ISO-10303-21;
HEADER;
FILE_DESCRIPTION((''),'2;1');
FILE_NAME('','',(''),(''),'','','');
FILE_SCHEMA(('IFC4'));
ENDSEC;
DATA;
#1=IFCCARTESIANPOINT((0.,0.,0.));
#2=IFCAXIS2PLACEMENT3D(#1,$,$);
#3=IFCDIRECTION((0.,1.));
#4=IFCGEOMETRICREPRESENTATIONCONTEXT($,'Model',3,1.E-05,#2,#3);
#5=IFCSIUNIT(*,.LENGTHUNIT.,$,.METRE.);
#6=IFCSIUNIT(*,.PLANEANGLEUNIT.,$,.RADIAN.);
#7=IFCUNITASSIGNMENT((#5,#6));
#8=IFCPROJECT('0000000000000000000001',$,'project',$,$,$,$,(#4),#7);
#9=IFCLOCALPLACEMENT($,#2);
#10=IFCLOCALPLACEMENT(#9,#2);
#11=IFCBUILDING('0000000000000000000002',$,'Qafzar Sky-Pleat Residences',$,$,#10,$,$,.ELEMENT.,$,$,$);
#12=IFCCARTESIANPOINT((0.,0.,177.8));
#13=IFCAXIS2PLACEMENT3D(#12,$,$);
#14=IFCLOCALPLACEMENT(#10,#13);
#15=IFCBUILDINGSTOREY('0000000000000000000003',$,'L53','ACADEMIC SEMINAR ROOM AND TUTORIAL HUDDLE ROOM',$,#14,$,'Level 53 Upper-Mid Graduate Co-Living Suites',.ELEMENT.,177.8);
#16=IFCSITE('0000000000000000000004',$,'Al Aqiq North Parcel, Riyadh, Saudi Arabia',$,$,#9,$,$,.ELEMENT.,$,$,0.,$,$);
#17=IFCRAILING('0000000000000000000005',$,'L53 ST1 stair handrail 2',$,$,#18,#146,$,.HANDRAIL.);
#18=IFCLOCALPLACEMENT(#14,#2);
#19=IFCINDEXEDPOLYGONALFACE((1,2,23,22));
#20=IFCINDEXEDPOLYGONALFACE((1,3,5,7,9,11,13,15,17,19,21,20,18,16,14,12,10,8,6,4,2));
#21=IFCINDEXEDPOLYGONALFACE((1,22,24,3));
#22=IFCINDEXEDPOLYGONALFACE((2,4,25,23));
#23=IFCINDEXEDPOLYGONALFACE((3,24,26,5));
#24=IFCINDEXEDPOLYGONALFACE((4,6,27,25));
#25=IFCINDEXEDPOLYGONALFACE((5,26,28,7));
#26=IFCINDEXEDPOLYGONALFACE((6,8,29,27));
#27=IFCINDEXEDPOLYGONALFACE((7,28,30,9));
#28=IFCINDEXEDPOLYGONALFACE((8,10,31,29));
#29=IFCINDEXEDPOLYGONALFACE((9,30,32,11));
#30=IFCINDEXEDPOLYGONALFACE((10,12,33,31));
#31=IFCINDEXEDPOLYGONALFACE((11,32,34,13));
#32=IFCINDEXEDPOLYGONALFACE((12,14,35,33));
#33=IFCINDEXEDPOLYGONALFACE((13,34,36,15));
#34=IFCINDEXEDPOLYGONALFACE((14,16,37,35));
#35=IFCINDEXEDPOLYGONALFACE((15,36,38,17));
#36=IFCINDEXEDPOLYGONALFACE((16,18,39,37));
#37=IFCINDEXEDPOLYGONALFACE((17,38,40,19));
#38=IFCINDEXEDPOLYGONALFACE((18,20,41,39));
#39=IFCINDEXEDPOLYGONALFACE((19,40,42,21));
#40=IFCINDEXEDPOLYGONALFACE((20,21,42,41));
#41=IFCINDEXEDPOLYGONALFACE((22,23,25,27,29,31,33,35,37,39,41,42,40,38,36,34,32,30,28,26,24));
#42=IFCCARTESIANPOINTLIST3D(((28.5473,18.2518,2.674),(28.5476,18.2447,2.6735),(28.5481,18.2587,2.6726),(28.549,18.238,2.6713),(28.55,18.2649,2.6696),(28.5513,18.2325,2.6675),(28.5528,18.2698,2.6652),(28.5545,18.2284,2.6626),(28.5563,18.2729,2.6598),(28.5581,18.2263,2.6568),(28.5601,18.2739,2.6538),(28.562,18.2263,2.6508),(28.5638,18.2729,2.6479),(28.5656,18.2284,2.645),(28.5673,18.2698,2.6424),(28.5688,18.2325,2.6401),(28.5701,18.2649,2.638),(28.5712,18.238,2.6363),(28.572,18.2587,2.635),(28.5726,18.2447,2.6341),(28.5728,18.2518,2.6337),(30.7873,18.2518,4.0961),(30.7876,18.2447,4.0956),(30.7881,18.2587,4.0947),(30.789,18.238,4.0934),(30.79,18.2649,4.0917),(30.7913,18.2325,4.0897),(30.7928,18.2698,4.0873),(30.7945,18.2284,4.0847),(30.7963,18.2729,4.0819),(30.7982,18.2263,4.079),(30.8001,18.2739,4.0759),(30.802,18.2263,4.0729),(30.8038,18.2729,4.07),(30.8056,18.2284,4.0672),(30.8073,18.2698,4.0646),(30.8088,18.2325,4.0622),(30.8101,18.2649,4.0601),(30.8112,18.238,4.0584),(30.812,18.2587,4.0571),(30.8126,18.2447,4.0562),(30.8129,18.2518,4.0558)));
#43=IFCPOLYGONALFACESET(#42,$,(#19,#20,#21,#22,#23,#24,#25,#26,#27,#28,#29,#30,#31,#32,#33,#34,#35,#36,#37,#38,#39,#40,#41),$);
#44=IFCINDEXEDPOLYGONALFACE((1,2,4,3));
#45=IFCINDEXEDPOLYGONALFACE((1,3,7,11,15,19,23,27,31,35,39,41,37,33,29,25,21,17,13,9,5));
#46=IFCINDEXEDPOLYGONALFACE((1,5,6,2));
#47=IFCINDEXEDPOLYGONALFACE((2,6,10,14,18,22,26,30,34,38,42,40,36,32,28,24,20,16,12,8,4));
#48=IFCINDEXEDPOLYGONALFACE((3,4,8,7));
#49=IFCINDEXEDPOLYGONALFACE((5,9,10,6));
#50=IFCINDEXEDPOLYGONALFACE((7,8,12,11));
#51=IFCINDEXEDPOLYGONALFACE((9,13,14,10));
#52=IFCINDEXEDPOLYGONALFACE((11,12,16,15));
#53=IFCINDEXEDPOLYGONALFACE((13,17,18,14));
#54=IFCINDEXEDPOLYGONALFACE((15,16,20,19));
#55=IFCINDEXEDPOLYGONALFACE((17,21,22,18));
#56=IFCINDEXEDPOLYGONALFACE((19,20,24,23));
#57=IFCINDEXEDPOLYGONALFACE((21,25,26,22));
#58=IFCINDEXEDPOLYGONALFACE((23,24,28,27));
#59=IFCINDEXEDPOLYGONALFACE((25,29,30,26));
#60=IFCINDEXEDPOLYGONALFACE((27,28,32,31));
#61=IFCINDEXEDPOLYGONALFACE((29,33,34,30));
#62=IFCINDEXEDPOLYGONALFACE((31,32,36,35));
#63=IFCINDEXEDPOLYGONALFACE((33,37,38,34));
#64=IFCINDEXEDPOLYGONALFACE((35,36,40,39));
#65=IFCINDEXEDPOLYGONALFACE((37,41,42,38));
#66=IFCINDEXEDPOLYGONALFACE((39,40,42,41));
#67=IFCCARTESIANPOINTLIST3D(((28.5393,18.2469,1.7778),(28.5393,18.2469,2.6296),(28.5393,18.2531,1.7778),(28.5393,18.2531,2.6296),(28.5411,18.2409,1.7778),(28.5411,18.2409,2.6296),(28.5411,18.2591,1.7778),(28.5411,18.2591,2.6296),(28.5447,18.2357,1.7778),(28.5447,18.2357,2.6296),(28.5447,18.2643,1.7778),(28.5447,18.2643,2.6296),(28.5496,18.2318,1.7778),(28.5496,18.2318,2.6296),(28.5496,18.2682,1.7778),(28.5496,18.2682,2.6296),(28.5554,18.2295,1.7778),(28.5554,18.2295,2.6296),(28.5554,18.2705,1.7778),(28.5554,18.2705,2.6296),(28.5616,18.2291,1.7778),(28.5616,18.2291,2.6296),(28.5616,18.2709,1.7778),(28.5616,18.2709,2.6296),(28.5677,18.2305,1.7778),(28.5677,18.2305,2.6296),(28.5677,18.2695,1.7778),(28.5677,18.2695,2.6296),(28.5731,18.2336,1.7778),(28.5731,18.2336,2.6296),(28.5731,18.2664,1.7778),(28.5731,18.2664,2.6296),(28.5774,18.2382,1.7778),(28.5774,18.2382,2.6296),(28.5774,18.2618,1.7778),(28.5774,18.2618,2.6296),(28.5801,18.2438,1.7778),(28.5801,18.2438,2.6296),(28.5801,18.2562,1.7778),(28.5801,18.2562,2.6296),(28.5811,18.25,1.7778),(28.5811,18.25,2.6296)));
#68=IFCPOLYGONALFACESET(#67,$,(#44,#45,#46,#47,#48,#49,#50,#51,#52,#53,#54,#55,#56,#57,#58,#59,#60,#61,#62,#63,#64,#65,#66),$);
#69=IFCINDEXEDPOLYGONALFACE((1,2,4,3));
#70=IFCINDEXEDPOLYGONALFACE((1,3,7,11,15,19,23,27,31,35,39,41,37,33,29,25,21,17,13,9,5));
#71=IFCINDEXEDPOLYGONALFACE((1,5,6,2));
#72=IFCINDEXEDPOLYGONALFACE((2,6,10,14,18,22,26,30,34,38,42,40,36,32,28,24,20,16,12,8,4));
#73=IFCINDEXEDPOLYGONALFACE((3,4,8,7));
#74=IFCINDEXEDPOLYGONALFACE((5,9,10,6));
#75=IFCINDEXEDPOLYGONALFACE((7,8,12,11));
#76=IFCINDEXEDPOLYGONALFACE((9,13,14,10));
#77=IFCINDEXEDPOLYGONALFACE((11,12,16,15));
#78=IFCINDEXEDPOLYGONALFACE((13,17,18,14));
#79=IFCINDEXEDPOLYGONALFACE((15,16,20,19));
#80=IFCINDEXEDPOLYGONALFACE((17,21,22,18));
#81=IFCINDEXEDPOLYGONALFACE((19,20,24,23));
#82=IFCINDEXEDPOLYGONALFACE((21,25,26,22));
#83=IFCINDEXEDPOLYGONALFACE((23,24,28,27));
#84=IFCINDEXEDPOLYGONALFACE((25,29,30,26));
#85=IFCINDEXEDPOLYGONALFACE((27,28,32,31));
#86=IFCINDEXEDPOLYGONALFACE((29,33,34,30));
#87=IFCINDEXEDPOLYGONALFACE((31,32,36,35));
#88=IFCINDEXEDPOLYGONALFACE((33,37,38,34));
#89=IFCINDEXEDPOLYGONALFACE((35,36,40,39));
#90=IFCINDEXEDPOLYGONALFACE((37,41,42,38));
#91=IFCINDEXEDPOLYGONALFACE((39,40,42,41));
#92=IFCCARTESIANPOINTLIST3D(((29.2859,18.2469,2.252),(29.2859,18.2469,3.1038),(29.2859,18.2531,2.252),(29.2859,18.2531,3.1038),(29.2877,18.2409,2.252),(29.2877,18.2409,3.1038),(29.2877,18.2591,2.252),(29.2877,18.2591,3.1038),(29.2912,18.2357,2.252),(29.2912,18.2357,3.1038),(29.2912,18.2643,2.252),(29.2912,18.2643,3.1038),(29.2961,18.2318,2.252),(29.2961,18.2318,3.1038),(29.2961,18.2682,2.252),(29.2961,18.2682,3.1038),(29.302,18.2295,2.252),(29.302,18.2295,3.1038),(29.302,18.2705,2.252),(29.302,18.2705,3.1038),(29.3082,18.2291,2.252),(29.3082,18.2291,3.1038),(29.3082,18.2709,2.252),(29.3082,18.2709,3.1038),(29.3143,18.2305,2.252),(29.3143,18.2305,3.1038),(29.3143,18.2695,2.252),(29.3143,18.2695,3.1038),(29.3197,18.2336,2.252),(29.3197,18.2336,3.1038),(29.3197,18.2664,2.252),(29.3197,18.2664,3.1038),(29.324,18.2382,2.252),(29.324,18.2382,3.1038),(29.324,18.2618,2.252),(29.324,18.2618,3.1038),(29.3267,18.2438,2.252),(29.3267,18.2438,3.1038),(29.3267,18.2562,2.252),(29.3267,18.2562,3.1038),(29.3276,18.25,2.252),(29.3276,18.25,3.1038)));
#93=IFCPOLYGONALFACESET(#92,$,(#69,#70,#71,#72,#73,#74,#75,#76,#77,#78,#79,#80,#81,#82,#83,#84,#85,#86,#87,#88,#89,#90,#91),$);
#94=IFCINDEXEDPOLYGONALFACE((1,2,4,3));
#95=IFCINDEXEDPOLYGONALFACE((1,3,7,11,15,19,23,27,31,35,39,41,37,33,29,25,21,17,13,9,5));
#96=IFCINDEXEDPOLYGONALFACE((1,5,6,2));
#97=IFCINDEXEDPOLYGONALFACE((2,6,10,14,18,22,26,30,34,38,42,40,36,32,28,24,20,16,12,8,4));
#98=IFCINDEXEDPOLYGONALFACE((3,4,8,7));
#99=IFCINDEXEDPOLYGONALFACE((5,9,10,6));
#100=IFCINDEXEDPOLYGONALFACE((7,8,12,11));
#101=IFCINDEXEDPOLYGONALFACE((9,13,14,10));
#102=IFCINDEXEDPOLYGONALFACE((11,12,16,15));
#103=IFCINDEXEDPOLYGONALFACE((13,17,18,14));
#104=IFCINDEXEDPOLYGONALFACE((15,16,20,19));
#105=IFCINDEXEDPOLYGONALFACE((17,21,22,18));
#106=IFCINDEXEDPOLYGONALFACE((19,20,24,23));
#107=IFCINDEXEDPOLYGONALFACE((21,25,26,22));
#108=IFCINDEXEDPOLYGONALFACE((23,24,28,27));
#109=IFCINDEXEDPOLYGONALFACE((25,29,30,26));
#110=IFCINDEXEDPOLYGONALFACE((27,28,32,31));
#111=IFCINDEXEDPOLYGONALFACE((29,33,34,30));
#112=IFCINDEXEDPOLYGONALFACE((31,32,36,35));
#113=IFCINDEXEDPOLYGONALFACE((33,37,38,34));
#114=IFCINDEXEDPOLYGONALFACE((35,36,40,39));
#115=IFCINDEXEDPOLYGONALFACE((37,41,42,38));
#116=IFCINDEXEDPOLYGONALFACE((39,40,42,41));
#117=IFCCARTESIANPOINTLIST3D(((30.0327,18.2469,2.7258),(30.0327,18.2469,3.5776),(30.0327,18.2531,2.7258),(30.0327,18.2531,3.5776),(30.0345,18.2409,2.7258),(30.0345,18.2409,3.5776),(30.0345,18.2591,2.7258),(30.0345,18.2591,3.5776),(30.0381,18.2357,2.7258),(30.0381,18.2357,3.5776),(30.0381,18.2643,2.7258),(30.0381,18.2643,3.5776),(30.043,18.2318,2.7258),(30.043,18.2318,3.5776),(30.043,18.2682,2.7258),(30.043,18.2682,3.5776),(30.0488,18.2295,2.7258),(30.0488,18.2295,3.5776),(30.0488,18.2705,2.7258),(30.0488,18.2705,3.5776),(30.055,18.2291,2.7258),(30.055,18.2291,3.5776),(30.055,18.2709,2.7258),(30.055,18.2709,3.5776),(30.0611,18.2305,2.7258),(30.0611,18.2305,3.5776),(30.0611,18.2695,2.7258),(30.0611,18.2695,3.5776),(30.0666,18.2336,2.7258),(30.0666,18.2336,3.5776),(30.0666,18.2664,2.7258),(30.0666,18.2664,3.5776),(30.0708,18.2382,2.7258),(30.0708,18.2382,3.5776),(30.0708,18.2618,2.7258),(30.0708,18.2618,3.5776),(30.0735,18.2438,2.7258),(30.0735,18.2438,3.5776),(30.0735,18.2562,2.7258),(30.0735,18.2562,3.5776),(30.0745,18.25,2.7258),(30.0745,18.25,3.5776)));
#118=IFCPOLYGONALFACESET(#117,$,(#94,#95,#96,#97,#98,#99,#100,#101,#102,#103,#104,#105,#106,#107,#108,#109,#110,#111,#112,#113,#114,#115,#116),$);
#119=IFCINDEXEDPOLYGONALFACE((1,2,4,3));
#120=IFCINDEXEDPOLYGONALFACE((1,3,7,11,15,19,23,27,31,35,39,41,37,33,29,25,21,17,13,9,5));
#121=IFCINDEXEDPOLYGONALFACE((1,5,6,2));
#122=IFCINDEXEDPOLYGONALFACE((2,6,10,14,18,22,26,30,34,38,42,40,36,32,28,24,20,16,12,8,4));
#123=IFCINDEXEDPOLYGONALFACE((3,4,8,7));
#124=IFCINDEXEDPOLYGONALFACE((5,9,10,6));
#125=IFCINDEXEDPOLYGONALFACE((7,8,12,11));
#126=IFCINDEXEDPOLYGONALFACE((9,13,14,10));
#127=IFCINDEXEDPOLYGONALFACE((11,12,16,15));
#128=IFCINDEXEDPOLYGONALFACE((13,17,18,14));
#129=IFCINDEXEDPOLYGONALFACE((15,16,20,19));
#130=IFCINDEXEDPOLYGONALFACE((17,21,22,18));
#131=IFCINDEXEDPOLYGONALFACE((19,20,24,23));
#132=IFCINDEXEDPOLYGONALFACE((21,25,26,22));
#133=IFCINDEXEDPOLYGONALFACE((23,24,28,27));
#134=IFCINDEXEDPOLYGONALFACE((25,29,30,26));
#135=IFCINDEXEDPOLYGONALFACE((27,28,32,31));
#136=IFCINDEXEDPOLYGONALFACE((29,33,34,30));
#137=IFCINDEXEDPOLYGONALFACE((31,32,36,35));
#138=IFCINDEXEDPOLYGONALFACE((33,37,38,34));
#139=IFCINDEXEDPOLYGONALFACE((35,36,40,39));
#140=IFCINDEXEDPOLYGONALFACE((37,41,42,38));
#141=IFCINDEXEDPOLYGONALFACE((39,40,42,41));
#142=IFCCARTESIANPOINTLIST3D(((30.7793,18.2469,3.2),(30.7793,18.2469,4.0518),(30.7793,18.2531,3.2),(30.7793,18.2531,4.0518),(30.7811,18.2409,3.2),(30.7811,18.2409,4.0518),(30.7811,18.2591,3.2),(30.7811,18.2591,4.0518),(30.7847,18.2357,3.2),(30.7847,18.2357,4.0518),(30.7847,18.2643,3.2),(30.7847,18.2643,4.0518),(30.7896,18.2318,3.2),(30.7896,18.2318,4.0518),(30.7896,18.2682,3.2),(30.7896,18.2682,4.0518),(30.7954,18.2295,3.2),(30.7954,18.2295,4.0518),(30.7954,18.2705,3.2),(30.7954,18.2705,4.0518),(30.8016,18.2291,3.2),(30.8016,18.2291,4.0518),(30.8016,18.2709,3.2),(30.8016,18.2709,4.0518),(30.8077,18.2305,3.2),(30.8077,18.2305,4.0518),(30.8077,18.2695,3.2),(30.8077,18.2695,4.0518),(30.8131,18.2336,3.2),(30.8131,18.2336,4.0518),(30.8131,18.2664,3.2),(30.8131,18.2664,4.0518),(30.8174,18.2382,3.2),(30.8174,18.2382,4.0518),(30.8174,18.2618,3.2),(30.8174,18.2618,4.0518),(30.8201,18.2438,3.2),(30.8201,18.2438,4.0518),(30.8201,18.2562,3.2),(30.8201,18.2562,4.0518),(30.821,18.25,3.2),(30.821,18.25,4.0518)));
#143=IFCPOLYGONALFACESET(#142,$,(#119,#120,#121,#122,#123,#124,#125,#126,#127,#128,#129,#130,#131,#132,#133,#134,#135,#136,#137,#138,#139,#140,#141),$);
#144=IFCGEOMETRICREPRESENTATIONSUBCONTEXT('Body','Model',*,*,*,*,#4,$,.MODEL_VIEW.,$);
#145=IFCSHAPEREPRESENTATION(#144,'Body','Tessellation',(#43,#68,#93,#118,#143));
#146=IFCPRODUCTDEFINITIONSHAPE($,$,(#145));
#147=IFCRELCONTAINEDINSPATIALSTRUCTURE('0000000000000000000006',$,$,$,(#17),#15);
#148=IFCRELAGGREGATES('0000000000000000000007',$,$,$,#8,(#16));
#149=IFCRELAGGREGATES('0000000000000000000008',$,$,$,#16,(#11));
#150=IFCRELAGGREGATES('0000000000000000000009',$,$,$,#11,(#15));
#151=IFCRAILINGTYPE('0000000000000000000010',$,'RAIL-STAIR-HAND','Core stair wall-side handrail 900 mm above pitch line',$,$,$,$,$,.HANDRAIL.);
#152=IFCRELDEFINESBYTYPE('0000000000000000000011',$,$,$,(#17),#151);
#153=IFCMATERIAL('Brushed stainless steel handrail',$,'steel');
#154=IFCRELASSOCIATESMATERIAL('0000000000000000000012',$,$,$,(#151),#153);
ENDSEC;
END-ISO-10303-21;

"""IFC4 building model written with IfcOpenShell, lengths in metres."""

from ifc_helpers import new_model, si_unit, direction, frame, origin, origin_2d, place, context, subcontext, project, spatial, circle, extrude, source, transform, mapped, material, type_object, element, save


model = new_model("IFC4")

# Units and contexts
model_context = context("Model", 3, precision=1e-05, world=origin(), true_north=direction((0.0, 1.0)))
body_context = subcontext(model_context, "Body", "Model", "MODEL_VIEW")
ifc_project = project(units=[si_unit("LENGTHUNIT", "METRE"), si_unit("PLANEANGLEUNIT", "RADIAN")], contexts=[model_context])

# Site, building, storey
site_placement = place(None, origin())
site = spatial("IfcSite", under=ifc_project, at=site_placement, Name="Al Aqiq North Parcel, Riyadh, Saudi Arabia", CompositionType="ELEMENT", RefElevation=0.0)
building_placement = place(site_placement, origin())
building = spatial("IfcBuilding", under=site, at=building_placement, Name="Qafzar Sky-Pleat Residences", CompositionType="ELEMENT")
storey_placement = place(building_placement, frame((0.0, 0.0, 177.8)))
storey = spatial("IfcBuildingStorey", under=building, at=storey_placement, Name="L53", Description="ACADEMIC SEMINAR ROOM AND TUTORIAL HUDDLE ROOM", LongName="Level 53 Upper-Mid Graduate Co-Living Suites", CompositionType="ELEMENT", Elevation=177.8)

# Railing
ifc_material_1 = material(Name="Brushed stainless steel handrail", Category="steel")
railing_type_1 = type_object("IfcRailingType", Name="RAIL-STAIR-HAND", Description="Core stair wall-side handrail 900 mm above pitch line", PredefinedType="HANDRAIL", material=ifc_material_1)
shared_shape_1 = source(origin(), body_context, "Body", "SweptSolid", [
    extrude(circle(Radius=0.0239, at=origin_2d()), frame((0.0, 0.0, 0.876), z_axis=(0.844229, 0.0, 0.535982), x_axis=(0.0, 1.0, 0.0)), (0.0, 0.0, 1.0), 2.6533),
    extrude(circle(Radius=0.021, at=origin_2d()), origin(), (0.0, 0.0, 1.0), 0.8518),
    extrude(circle(Radius=0.021, at=origin_2d()), frame((0.7466, 0.0, 0.4741)), (0.0, 0.0, 1.0), 0.8518),
    extrude(circle(Radius=0.021, at=origin_2d()), frame((1.4934, 0.0, 0.948)), (0.0, 0.0, 1.0), 0.8518),
    extrude(circle(Radius=0.021, at=origin_2d()), frame((2.24, 0.0, 1.4221)), (0.0, 0.0, 1.0), 0.8518),
])
railing_1_placement = place(storey_placement, frame((28.5601, 18.25, 1.7778)))
element("IfcRailing", 1, at=railing_1_placement, inside=storey, type_object=railing_type_1, Name="L53 ST1 stair handrail 2", PredefinedType="HANDRAIL", context=body_context, shape_type="MappedRepresentation", body=[
    mapped(shared_shape_1, transform((0.0, 0.0, 0.0), x_axis=(1.0, 0.0, 0.0), y_axis=(0.0, 1.0, 0.0), z_axis=(0.0, 0.0, 1.0), scale=1.0)),
])

save(model, "model.ifc")
